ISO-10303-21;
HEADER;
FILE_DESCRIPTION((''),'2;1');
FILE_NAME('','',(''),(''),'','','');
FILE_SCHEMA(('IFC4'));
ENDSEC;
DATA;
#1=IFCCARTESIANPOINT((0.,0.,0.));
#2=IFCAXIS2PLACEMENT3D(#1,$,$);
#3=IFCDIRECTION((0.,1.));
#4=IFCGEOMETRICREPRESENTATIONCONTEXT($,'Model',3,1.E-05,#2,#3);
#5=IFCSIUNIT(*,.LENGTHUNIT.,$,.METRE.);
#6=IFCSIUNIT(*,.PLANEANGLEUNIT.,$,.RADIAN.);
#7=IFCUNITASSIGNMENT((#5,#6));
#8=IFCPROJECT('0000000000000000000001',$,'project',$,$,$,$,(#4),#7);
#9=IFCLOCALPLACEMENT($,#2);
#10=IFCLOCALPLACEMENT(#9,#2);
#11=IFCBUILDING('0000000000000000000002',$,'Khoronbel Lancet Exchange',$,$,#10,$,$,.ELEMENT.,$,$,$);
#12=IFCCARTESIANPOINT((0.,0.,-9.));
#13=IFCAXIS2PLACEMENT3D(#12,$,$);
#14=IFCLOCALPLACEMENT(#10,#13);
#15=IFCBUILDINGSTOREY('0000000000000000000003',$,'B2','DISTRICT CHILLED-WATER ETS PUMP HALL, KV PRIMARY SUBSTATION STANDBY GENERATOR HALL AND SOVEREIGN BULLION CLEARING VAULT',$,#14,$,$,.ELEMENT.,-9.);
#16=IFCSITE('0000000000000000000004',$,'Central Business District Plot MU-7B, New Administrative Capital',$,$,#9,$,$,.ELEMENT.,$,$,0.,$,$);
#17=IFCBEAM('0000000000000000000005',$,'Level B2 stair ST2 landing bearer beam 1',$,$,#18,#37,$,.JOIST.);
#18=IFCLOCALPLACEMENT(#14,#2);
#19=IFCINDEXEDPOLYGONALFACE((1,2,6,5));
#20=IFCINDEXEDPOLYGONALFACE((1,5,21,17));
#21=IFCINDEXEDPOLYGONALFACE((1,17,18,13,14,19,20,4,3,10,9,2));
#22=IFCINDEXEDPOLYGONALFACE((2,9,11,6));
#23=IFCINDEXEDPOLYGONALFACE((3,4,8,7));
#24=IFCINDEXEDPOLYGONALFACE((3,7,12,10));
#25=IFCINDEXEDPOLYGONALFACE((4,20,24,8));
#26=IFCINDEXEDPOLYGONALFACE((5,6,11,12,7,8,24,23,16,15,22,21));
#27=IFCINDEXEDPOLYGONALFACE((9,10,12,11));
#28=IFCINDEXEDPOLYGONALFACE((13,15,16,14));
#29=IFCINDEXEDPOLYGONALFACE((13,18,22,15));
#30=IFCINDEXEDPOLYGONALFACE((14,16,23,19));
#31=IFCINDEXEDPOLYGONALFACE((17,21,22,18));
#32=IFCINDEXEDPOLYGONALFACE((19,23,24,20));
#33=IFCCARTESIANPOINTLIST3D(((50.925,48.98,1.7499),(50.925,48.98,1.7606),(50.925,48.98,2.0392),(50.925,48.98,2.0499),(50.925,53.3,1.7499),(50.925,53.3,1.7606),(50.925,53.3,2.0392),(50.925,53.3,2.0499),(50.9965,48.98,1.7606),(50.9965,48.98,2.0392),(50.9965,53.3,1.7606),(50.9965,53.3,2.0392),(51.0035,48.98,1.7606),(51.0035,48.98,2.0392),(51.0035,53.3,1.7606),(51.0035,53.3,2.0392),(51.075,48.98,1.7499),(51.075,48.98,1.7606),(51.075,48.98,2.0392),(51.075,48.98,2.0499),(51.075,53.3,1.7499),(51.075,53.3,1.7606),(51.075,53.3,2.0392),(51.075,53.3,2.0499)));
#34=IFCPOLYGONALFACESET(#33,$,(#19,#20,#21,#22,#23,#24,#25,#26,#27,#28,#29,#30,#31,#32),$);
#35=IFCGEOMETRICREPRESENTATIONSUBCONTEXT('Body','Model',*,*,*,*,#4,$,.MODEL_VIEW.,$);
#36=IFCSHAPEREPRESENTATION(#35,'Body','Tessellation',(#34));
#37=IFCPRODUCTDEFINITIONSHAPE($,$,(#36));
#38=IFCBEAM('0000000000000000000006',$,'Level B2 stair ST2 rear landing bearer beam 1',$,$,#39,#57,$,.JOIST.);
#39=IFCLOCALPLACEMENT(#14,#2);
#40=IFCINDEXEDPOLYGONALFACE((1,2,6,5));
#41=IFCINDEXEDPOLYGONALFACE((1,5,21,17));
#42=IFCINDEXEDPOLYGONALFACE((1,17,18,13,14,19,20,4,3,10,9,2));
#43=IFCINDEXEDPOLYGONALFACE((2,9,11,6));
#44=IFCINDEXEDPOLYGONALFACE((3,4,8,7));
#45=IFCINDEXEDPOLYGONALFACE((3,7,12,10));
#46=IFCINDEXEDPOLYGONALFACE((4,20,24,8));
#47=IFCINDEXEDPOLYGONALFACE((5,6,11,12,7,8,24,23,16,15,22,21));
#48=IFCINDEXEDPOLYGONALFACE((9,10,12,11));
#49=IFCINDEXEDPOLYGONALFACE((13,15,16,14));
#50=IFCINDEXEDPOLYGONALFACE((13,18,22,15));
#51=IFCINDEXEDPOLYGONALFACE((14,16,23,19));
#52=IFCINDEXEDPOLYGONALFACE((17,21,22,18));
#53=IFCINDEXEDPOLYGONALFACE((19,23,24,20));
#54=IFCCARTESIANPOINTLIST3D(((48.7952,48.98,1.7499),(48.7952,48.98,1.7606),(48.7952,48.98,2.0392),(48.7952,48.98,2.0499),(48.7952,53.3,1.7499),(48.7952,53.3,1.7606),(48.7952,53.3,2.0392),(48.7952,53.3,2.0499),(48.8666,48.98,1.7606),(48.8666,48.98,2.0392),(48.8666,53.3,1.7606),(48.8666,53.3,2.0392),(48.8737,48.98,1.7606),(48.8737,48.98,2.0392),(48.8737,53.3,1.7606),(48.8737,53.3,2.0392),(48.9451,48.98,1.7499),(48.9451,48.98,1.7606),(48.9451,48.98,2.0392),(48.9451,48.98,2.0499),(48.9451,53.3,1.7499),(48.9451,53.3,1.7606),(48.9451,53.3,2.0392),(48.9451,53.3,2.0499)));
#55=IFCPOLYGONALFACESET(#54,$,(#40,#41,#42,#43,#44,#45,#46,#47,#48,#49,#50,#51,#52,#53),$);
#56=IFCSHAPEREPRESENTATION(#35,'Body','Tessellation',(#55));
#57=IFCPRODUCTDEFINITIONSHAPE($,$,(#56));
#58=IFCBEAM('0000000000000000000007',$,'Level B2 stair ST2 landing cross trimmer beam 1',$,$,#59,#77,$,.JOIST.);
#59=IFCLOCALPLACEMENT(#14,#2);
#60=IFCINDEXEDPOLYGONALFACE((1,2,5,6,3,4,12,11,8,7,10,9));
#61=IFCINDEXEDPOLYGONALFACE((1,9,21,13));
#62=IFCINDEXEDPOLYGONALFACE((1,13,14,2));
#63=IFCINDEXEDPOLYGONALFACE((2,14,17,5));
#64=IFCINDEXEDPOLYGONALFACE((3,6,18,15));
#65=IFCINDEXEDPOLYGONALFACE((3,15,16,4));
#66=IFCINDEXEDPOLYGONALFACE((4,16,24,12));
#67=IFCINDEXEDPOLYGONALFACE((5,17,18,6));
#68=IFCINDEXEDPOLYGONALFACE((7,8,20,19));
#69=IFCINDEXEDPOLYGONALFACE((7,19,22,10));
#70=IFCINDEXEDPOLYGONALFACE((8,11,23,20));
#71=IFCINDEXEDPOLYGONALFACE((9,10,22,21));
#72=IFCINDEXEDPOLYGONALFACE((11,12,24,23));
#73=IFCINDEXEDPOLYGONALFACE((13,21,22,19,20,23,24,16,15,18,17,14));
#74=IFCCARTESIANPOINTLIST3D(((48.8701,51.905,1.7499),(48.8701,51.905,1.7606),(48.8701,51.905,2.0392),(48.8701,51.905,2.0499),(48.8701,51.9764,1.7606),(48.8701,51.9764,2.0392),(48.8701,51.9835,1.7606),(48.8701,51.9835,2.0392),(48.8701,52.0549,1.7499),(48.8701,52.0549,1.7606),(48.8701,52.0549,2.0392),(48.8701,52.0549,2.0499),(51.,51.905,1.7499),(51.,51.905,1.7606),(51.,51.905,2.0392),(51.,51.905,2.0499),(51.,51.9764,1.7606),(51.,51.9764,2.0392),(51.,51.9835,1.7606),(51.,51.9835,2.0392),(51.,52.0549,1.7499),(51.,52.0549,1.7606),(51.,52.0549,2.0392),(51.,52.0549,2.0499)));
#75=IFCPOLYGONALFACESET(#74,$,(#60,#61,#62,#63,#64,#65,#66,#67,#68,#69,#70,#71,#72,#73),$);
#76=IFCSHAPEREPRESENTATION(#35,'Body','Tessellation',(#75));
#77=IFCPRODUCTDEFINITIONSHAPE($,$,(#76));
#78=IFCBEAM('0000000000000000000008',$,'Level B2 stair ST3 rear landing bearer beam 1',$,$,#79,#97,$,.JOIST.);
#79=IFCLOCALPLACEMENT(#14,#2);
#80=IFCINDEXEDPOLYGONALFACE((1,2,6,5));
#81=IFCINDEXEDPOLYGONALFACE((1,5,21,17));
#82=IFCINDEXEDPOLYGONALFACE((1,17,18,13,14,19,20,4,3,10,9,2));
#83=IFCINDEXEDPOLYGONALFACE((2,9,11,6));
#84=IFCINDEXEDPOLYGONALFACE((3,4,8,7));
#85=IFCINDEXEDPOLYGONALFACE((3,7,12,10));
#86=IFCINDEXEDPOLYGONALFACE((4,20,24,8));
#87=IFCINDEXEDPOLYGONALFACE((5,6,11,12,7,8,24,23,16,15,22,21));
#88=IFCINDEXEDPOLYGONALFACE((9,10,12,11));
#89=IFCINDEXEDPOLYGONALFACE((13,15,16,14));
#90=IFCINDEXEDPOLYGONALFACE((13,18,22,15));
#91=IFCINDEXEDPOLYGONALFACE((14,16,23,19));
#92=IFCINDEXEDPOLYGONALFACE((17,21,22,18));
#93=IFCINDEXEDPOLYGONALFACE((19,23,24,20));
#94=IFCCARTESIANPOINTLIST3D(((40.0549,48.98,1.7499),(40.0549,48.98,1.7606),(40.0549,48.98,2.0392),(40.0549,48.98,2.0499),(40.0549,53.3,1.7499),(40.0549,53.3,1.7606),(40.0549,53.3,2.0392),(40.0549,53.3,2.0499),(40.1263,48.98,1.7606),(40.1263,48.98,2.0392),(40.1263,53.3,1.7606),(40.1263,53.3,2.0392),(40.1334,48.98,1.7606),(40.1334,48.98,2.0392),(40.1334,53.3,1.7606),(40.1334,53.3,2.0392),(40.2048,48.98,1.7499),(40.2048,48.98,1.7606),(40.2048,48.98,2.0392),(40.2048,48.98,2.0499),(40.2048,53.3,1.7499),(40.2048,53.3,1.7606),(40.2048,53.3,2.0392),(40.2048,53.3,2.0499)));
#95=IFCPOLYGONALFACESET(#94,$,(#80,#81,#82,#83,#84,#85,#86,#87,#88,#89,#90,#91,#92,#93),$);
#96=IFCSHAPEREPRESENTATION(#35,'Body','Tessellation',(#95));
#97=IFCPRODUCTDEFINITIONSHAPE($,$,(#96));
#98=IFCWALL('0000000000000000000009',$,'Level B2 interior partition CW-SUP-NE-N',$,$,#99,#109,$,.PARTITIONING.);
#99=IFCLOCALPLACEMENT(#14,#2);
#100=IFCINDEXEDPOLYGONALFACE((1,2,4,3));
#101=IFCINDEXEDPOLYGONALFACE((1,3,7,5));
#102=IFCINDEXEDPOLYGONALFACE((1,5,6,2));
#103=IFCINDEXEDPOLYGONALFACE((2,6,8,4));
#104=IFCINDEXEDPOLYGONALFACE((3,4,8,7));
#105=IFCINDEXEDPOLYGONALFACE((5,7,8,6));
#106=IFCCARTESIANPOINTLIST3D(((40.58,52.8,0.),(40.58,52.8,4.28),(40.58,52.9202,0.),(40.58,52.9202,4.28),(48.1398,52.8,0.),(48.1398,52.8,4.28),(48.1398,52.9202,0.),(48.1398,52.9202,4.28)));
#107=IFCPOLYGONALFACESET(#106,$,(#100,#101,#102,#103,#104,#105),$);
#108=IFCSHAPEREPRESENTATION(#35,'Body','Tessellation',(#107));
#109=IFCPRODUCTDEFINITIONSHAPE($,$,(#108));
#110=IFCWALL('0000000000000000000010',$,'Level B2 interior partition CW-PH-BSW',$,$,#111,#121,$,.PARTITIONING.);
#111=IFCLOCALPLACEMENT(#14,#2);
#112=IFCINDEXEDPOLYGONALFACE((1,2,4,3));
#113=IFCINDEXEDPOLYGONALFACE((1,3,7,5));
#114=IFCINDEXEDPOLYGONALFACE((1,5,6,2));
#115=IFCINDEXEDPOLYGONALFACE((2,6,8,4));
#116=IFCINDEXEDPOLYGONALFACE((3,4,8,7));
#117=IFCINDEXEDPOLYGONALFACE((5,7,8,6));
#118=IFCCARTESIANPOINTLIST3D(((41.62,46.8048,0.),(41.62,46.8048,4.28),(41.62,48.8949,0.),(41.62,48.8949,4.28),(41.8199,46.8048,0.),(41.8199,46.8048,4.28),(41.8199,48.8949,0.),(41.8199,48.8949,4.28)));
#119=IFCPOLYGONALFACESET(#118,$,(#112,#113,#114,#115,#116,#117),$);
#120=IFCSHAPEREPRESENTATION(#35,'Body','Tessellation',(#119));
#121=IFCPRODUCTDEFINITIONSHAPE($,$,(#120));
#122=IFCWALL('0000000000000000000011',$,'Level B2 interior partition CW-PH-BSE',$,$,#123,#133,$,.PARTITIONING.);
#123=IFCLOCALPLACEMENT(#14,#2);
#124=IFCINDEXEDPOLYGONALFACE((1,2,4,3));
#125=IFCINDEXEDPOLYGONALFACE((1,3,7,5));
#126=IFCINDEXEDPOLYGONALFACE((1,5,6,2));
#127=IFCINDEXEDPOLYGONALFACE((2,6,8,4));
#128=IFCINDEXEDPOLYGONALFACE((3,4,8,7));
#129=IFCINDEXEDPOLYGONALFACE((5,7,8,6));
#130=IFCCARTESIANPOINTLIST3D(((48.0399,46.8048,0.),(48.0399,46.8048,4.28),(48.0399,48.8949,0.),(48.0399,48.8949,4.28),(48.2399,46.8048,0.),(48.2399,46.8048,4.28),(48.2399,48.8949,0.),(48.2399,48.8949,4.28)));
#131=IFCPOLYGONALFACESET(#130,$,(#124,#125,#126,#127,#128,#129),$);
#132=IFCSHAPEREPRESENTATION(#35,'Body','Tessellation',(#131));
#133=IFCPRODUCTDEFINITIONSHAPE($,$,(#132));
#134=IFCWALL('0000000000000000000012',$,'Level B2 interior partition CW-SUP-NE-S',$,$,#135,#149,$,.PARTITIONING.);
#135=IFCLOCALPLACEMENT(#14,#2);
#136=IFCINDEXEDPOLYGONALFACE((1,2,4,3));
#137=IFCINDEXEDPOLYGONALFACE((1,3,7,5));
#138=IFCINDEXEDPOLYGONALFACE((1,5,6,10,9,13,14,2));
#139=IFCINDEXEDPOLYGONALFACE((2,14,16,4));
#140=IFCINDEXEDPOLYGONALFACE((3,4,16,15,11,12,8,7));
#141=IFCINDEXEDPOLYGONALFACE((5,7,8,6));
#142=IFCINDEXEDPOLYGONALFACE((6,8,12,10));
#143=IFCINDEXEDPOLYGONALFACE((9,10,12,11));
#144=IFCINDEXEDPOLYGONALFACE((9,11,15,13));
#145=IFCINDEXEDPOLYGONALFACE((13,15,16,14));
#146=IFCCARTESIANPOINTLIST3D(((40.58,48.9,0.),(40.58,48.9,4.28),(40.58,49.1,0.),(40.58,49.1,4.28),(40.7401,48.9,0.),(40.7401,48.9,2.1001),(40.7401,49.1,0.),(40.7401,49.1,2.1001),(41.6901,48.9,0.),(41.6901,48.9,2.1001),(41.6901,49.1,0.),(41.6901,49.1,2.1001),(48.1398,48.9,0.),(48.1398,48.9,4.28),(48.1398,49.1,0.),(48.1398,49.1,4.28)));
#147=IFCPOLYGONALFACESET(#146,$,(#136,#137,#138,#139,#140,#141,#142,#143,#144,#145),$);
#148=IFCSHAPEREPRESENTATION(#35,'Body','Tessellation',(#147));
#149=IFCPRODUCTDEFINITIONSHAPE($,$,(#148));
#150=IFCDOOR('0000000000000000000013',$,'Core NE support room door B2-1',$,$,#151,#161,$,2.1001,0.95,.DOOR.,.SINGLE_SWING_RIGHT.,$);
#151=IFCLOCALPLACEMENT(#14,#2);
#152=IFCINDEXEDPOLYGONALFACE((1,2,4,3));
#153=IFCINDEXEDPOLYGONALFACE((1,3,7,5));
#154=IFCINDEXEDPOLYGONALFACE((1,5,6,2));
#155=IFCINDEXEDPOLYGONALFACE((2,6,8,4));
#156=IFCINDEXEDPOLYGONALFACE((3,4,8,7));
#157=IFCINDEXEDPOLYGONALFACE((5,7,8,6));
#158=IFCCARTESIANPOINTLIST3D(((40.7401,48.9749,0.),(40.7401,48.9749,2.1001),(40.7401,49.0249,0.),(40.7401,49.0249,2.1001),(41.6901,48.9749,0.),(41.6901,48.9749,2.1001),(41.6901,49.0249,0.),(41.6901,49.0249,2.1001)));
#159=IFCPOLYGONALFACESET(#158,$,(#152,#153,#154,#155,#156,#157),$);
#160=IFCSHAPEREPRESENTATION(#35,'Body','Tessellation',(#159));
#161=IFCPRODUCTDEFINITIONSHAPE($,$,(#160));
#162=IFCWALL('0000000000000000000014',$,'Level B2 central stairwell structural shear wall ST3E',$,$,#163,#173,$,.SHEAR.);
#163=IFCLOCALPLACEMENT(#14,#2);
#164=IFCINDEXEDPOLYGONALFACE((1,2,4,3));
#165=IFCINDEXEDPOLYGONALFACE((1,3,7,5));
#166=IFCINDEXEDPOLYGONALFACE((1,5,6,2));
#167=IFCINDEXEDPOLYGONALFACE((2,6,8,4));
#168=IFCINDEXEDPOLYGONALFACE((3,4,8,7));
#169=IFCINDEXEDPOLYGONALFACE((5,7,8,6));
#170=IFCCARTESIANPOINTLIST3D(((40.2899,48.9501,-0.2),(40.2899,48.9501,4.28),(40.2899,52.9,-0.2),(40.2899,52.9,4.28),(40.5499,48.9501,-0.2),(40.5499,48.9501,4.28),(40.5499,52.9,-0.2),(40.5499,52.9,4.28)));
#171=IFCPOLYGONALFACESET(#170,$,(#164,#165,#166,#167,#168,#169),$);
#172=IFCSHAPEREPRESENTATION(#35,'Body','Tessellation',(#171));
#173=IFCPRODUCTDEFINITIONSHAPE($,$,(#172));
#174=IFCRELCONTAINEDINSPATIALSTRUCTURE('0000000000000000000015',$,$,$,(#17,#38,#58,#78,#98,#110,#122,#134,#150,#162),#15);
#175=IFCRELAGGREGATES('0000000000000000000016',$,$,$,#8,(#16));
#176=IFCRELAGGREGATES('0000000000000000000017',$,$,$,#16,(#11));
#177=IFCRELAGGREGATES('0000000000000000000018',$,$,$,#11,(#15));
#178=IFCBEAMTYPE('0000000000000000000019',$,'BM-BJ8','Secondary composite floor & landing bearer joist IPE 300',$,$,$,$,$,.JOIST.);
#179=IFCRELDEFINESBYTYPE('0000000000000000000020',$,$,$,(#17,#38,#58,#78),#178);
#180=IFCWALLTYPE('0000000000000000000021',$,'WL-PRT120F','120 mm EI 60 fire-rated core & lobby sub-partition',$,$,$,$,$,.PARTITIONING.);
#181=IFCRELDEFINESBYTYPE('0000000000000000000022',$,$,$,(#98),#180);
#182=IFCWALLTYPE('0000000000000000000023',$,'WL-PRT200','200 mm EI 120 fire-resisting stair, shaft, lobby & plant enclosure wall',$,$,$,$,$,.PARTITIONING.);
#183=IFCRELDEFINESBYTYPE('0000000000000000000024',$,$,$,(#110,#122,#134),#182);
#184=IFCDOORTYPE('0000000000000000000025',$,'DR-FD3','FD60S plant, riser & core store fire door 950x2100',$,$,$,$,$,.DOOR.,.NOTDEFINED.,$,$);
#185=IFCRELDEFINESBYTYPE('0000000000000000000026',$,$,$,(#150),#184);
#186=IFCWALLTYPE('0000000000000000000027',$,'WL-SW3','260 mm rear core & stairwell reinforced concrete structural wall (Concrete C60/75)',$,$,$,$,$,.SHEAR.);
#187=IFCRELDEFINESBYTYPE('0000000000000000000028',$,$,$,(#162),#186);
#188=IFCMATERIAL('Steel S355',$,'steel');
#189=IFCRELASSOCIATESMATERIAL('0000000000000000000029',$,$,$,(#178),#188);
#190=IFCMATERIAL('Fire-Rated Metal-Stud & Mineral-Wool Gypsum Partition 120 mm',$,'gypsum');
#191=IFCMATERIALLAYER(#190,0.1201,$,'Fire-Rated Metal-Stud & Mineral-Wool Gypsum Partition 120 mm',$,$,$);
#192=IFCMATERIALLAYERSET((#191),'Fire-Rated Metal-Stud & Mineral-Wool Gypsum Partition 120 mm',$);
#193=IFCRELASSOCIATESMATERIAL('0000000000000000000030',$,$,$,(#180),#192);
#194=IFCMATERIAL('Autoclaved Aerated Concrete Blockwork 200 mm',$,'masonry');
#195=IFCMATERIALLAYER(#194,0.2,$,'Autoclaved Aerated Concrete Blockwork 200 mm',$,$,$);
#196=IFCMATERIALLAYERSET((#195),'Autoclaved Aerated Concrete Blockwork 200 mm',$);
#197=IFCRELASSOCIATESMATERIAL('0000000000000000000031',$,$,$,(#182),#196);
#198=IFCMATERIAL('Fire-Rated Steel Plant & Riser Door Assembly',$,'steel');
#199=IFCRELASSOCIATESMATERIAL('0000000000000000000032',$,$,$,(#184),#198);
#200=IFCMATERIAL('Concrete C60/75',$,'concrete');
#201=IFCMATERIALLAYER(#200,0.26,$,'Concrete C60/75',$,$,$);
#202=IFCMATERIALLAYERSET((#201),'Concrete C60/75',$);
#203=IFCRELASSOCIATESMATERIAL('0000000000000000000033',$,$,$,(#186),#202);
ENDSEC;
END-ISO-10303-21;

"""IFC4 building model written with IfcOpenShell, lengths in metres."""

from ifc_helpers import new_model, si_unit, direction, frame, frame_2d, origin, origin_2d, place, context, subcontext, project, spatial, rectangle, i_section, extrude, material, layer, layer_set, material_profile, profile_set, type_object, element, fill, save


model = new_model("IFC4")

# Units and contexts
model_context = context("Model", 3, precision=1e-05, world=origin(), true_north=direction((0.0, 1.0)))
body_context = subcontext(model_context, "Body", "Model", "MODEL_VIEW")
ifc_project = project(units=[si_unit("LENGTHUNIT", "METRE"), si_unit("PLANEANGLEUNIT", "RADIAN")], contexts=[model_context])

# Site, building, storey
site_placement = place(None, origin())
site = spatial("IfcSite", under=ifc_project, at=site_placement, Name="Central Business District Plot MU-7B, New Administrative Capital", CompositionType="ELEMENT", RefElevation=0.0)
building_placement = place(site_placement, origin())
building = spatial("IfcBuilding", under=site, at=building_placement, Name="Khoronbel Lancet Exchange", CompositionType="ELEMENT")
storey_placement = place(building_placement, frame((0.0, 0.0, -9.0)))
storey = spatial("IfcBuildingStorey", under=building, at=storey_placement, Name="B2", Description="DISTRICT CHILLED-WATER ETS PUMP HALL, KV PRIMARY SUBSTATION STANDBY GENERATOR HALL AND SOVEREIGN BULLION CLEARING VAULT", CompositionType="ELEMENT", Elevation=-9.0)

# Beams
ifc_material_1 = material(Name="Steel S355", Category="steel")
ifc_material_profile_1 = material_profile(ifc_material_1, i_section(OverallWidth=0.1499, OverallDepth=0.3, WebThickness=0.0071, FlangeThickness=0.0107, at=origin_2d()), Name="IPE 300")
ifc_profile_set_1 = profile_set([ifc_material_profile_1], Name="Steel S355")
beam_type = type_object("IfcBeamType", Name="BM-BJ8", Description="Secondary composite floor & landing bearer joist IPE 300", PredefinedType="JOIST", material=ifc_profile_set_1)
for number, where, z_axis, x_axis, name in (
    (1, (51.0, 48.98, 1.8999), (0.0, 1.0, 0.0), (-1.0, 0.0, 0.0), "Level B2 stair ST2 landing bearer beam 1"),
    (2, (48.8701, 48.98, 1.8999), (0.0, 1.0, 0.0), (-1.0, 0.0, 0.0), "Level B2 stair ST2 rear landing bearer beam 1"),
):
    element("IfcBeam", number, at=place(storey_placement, frame(where, z_axis=z_axis, x_axis=x_axis)), inside=storey, type_object=beam_type, Name=name, PredefinedType="JOIST", context=body_context, shape_type="SweptSolid", body=[
        extrude(i_section(OverallWidth=0.1499, OverallDepth=0.3, WebThickness=0.0071, FlangeThickness=0.0107, at=origin_2d()), origin(), (0.0, 0.0, 1.0), 4.3201),
    ])
beam_1_placement = place(storey_placement, frame((48.8701, 51.98, 1.8999), z_axis=(1.0, 0.0, 0.0), x_axis=(0.0, 1.0, 0.0)))
element("IfcBeam", 3, at=beam_1_placement, inside=storey, type_object=beam_type, Name="Level B2 stair ST2 landing cross trimmer beam 1", PredefinedType="JOIST", context=body_context, shape_type="SweptSolid", body=[
    extrude(i_section(OverallWidth=0.1499, OverallDepth=0.3, WebThickness=0.0071, FlangeThickness=0.0107, at=origin_2d()), origin(), (0.0, 0.0, 1.0), 2.1299),
])
beam_2_placement = place(storey_placement, frame((40.1299, 48.98, 1.8999), z_axis=(0.0, 1.0, 0.0), x_axis=(-1.0, 0.0, 0.0)))
element("IfcBeam", 4, at=beam_2_placement, inside=storey, type_object=beam_type, Name="Level B2 stair ST3 rear landing bearer beam 1", PredefinedType="JOIST", context=body_context, shape_type="SweptSolid", body=[
    extrude(i_section(OverallWidth=0.1499, OverallDepth=0.3, WebThickness=0.0071, FlangeThickness=0.0107, at=origin_2d()), origin(), (0.0, 0.0, 1.0), 4.3201),
])

# Walls
ifc_material_2 = material(Name="Fire-Rated Metal-Stud & Mineral-Wool Gypsum Partition 120 mm", Category="gypsum")
ifc_layer_1 = layer(ifc_material_2, 0.1201, Name="Fire-Rated Metal-Stud & Mineral-Wool Gypsum Partition 120 mm")
ifc_layer_set_1 = layer_set([ifc_layer_1], Name="Fire-Rated Metal-Stud & Mineral-Wool Gypsum Partition 120 mm")
wall_type_1 = type_object("IfcWallType", Name="WL-PRT120F", Description="120 mm EI 60 fire-rated core & lobby sub-partition", PredefinedType="PARTITIONING", material=ifc_layer_set_1)
wall_1_placement = place(storey_placement, frame((40.5801, 52.8601, 0.0), z_axis=(0.0, 0.0, 1.0), x_axis=(1.0, 0.0, 0.0)))
element("IfcWall", 5, at=wall_1_placement, inside=storey, type_object=wall_type_1, Name="Level B2 interior partition CW-SUP-NE-N", PredefinedType="PARTITIONING", context=body_context, shape_type="SweptSolid", body=[
    extrude(rectangle(XDim=7.5598, YDim=0.1201, at=frame_2d((3.7798, 0.0))), origin(), (0.0, 0.0, 1.0), 4.28),
])
ifc_material_3 = material(Name="Autoclaved Aerated Concrete Blockwork 200 mm", Category="masonry")
ifc_layer_2 = layer(ifc_material_3, 0.2, Name="Autoclaved Aerated Concrete Blockwork 200 mm")
ifc_layer_set_2 = layer_set([ifc_layer_2], Name="Autoclaved Aerated Concrete Blockwork 200 mm")
wall_type_2 = type_object("IfcWallType", Name="WL-PRT200", Description="200 mm EI 120 fire-resisting stair, shaft, lobby & plant enclosure wall", PredefinedType="PARTITIONING", material=ifc_layer_set_2)
for number, where, z_axis, x_axis, name in (
    (6, (41.72, 46.8049, 0.0), (0.0, 0.0, 1.0), (0.0, 1.0, 0.0), "Level B2 interior partition CW-PH-BSW"),
    (7, (48.1399, 46.8049, 0.0), (0.0, 0.0, 1.0), (0.0, 1.0, 0.0), "Level B2 interior partition CW-PH-BSE"),
):
    element("IfcWall", number, at=place(storey_placement, frame(where, z_axis=z_axis, x_axis=x_axis)), inside=storey, type_object=wall_type_2, Name=name, PredefinedType="PARTITIONING", context=body_context, shape_type="SweptSolid", body=[
        extrude(rectangle(XDim=2.0901, YDim=0.2, at=frame_2d((1.0449, 0.0))), origin(), (0.0, 0.0, 1.0), 4.28),
    ])

# Wall, opening, door
wall_2_placement = place(storey_placement, frame((40.5801, 49.0, 0.0), z_axis=(0.0, 0.0, 1.0), x_axis=(1.0, 0.0, 0.0)))
wall_2 = element("IfcWall", 8, at=wall_2_placement, inside=storey, type_object=wall_type_2, Name="Level B2 interior partition CW-SUP-NE-S", PredefinedType="PARTITIONING", context=body_context, shape_type="SweptSolid", body=[
    extrude(rectangle(XDim=7.5598, YDim=0.2, at=frame_2d((3.7798, 0.0))), origin(), (0.0, 0.0, 1.0), 4.28),
])
opening_1_placement = place(wall_2_placement, frame((0.1599, 0.0, 0.0)))
opening_1 = element("IfcOpeningElement", 9, at=opening_1_placement, cuts=wall_2, PredefinedType="OPENING", context=body_context, shape_type="SweptSolid", body=[
    extrude(rectangle(XDim=0.95, YDim=2.1001, at=frame_2d((0.4751, 1.05))), frame((0.0, 0.1099, 0.0), z_axis=(0.0, -1.0, 0.0), x_axis=(1.0, 0.0, 0.0)), (0.0, 0.0, 1.0), 0.22),
])
ifc_material_4 = material(Name="Fire-Rated Steel Plant & Riser Door Assembly", Category="steel")
door_type_1 = type_object("IfcDoorType", Name="DR-FD3", Description="FD60S plant, riser & core store fire door 950x2100", OperationType="NOTDEFINED", PredefinedType="DOOR", material=ifc_material_4)
door_1_placement = place(opening_1_placement, origin())
door_1 = element("IfcDoor", 10, at=door_1_placement, inside=storey, type_object=door_type_1, Name="Core NE support room door B2-1", OperationType="SINGLE_SWING_RIGHT", OverallHeight=2.1001, OverallWidth=0.95, PredefinedType="DOOR", context=body_context, shape_type="SweptSolid", body=[
    extrude(rectangle(XDim=0.95, YDim=2.1001, at=frame_2d((0.4751, 1.05))), frame((0.0, 0.0249, 0.0), z_axis=(0.0, -1.0, 0.0), x_axis=(1.0, 0.0, 0.0)), (0.0, 0.0, 1.0), 0.05),
])
fill(opening_1, door_1)

# Wall
ifc_material_5 = material(Name="Concrete C60/75", Category="concrete")
ifc_layer_3 = layer(ifc_material_5, 0.26, Name="Concrete C60/75")
ifc_layer_set_3 = layer_set([ifc_layer_3], Name="Concrete C60/75")
wall_type_3 = type_object("IfcWallType", Name="WL-SW3", Description="260 mm rear core & stairwell reinforced concrete structural wall (Concrete C60/75)", PredefinedType="SHEAR", material=ifc_layer_set_3)
wall_3_placement = place(storey_placement, frame((40.4199, 48.95, -0.2), z_axis=(0.0, 0.0, 1.0), x_axis=(0.0, 1.0, 0.0)))
element("IfcWall", 11, at=wall_3_placement, inside=storey, type_object=wall_type_3, Name="Level B2 central stairwell structural shear wall ST3E", PredefinedType="SHEAR", context=body_context, shape_type="SweptSolid", body=[
    extrude(rectangle(XDim=3.95, YDim=0.26, at=frame_2d((1.9751, 0.0))), origin(), (0.0, 0.0, 1.0), 4.48),
])

save(model, "model.ifc")
